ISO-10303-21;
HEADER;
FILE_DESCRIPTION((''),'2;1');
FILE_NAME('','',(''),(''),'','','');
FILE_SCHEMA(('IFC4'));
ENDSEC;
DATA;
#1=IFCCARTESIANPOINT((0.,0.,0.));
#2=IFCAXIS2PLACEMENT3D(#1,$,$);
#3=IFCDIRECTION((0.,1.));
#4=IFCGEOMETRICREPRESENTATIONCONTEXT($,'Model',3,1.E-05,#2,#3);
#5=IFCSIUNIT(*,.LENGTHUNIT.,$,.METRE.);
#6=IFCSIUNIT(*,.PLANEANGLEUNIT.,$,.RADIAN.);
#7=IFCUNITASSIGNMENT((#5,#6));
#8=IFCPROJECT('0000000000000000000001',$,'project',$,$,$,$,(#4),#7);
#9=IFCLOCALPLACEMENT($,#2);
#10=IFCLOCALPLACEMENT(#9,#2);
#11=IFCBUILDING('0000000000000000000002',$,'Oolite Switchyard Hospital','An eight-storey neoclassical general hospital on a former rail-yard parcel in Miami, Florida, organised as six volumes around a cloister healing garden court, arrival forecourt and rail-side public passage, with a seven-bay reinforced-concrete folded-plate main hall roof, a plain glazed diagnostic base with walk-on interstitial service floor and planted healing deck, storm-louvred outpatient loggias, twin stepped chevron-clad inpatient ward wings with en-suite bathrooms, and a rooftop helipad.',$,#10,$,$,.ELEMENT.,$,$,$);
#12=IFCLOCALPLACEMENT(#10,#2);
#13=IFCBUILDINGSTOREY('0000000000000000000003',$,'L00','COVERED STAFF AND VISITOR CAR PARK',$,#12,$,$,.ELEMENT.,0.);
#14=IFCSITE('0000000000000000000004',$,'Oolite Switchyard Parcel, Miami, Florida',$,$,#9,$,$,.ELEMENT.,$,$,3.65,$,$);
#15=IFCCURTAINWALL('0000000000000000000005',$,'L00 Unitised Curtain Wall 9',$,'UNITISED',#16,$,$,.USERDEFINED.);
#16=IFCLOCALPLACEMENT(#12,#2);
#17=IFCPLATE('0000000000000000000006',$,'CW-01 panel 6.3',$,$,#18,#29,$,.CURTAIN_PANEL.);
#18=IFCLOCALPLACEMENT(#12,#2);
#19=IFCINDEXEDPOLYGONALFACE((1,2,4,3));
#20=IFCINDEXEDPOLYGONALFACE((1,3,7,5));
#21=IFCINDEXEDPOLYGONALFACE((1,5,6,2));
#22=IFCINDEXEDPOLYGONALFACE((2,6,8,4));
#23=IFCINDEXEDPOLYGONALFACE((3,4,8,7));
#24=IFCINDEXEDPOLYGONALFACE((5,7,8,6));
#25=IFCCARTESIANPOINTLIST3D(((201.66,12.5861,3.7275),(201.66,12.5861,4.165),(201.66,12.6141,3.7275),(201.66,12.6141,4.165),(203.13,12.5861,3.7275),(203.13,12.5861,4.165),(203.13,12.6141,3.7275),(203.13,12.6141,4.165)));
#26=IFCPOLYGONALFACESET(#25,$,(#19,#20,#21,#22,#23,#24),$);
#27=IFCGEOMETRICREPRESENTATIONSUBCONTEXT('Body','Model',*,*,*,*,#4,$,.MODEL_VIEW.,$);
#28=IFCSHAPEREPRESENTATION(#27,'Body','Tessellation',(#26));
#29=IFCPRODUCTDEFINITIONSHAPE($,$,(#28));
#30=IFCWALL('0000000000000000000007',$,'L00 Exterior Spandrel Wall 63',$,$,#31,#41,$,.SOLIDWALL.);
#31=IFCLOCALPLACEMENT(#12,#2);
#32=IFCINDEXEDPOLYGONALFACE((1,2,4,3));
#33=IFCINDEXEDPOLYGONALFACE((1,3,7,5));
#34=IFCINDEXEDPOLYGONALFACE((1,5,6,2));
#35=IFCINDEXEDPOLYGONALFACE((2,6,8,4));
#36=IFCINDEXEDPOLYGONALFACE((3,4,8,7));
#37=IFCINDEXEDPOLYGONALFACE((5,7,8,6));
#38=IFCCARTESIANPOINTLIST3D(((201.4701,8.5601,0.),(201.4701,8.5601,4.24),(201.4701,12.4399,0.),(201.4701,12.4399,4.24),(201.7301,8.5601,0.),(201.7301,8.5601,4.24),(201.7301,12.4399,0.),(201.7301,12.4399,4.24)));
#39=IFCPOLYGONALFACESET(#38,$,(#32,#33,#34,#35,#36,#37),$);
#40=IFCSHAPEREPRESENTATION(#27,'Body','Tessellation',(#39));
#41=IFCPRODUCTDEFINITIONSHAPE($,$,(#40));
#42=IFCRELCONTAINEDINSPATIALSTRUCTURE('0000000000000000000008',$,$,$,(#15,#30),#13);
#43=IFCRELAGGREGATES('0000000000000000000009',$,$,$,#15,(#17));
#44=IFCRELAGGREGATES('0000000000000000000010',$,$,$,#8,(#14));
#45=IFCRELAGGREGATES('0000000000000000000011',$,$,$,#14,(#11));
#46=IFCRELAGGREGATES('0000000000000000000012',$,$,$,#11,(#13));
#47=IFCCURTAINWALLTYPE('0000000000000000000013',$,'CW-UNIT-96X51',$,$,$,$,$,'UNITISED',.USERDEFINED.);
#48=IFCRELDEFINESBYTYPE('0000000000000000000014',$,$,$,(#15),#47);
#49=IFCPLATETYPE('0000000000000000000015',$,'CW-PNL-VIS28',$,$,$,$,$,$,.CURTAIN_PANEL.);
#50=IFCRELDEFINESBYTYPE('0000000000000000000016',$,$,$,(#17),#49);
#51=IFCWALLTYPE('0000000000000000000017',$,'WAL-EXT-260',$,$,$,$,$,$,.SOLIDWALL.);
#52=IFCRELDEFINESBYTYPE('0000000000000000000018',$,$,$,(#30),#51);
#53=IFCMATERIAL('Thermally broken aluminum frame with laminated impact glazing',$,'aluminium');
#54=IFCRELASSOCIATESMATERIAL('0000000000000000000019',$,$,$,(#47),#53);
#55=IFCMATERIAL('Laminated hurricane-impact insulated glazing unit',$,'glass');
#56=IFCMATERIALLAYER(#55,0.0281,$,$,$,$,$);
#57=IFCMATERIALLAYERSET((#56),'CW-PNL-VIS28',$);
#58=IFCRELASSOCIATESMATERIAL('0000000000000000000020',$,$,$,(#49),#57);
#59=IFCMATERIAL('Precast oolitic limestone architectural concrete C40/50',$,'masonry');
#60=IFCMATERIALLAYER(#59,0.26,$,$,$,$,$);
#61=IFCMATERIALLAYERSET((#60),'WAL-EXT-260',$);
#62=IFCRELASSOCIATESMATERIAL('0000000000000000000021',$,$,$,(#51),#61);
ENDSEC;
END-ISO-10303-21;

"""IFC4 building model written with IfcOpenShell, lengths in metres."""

from ifc_helpers import new_model, si_unit, direction, frame, frame_2d, origin, origin_2d, place, context, subcontext, project, spatial, rectangle, extrude, material, layer, layer_set, type_object, element, aggregate, save


model = new_model("IFC4")

# Units and contexts
model_context = context("Model", 3, precision=1e-05, world=origin(), true_north=direction((0.0, 1.0)))
body_context = subcontext(model_context, "Body", "Model", "MODEL_VIEW")
ifc_project = project(units=[si_unit("LENGTHUNIT", "METRE"), si_unit("PLANEANGLEUNIT", "RADIAN")], contexts=[model_context])

# Site, building, storey
site_placement = place(None, origin())
site = spatial("IfcSite", under=ifc_project, at=site_placement, Name="Oolite Switchyard Parcel, Miami, Florida", CompositionType="ELEMENT", RefElevation=3.65)
building_placement = place(site_placement, origin())
building = spatial("IfcBuilding", under=site, at=building_placement, Name="Oolite Switchyard Hospital", Description="An eight-storey neoclassical general hospital on a former rail-yard parcel in Miami, Florida, organised as six volumes around a cloister healing garden court, arrival forecourt and rail-side public passage, with a seven-bay reinforced-concrete folded-plate main hall roof, a plain glazed diagnostic base with walk-on interstitial service floor and planted healing deck, storm-louvred outpatient loggias, twin stepped chevron-clad inpatient ward wings with en-suite bathrooms, and a rooftop helipad.", CompositionType="ELEMENT")
storey_placement = place(building_placement, origin())
storey = spatial("IfcBuildingStorey", under=building, at=storey_placement, Name="L00", Description="COVERED STAFF AND VISITOR CAR PARK", CompositionType="ELEMENT", Elevation=0.0)

# Curtain wall
ifc_material_1 = material(Name="Thermally broken aluminum frame with laminated impact glazing", Category="aluminium")
curtain_wall_type_1 = type_object("IfcCurtainWallType", Name="CW-UNIT-96X51", ElementType="UNITISED", PredefinedType="USERDEFINED", material=ifc_material_1)
curtain_wall_1_placement = place(storey_placement, origin())
curtain_wall_1 = element("IfcCurtainWall", 1, at=curtain_wall_1_placement, inside=storey, type_object=curtain_wall_type_1, Name="L00 Unitised Curtain Wall 9", ObjectType="UNITISED", PredefinedType="USERDEFINED")

# Plate
ifc_material_2 = material(Name="Laminated hurricane-impact insulated glazing unit", Category="glass")
ifc_layer_1 = layer(ifc_material_2, 0.0281)
ifc_layer_set_1 = layer_set([ifc_layer_1], Name="CW-PNL-VIS28")
plate_type = type_object("IfcPlateType", Name="CW-PNL-VIS28", PredefinedType="CURTAIN_PANEL", material=ifc_layer_set_1)
plate_1_placement = place(storey_placement, frame((202.395, 12.6001, 3.7275), z_axis=(0.0, 0.0, 1.0), x_axis=(-1.0, 0.0, 0.0)))
plate_1 = element("IfcPlate", 2, at=plate_1_placement, type_object=plate_type, Name="CW-01 panel 6.3", PredefinedType="CURTAIN_PANEL", context=body_context, shape_type="SweptSolid", body=[
    extrude(rectangle(XDim=1.47, YDim=0.0281, at=origin_2d()), origin(), (0.0, 0.0, 1.0), 0.4375),
])
aggregate(curtain_wall_1, [plate_1])

# Wall
ifc_material_3 = material(Name="Precast oolitic limestone architectural concrete C40/50", Category="masonry")
ifc_layer_2 = layer(ifc_material_3, 0.26)
ifc_layer_set_2 = layer_set([ifc_layer_2], Name="WAL-EXT-260")
wall_type = type_object("IfcWallType", Name="WAL-EXT-260", PredefinedType="SOLIDWALL", material=ifc_layer_set_2)
wall_placement = place(storey_placement, frame((201.6001, 12.4399, 0.0), z_axis=(0.0, 0.0, 1.0), x_axis=(0.0, -1.0, 0.0)))
element("IfcWall", 3, at=wall_placement, inside=storey, type_object=wall_type, Name="L00 Exterior Spandrel Wall 63", PredefinedType="SOLIDWALL", context=body_context, shape_type="SweptSolid", body=[
    extrude(rectangle(XDim=3.8799, YDim=0.26, at=frame_2d((1.9399, 0.0))), origin(), (0.0, 0.0, 1.0), 4.24),
])

save(model, "model.ifc")
